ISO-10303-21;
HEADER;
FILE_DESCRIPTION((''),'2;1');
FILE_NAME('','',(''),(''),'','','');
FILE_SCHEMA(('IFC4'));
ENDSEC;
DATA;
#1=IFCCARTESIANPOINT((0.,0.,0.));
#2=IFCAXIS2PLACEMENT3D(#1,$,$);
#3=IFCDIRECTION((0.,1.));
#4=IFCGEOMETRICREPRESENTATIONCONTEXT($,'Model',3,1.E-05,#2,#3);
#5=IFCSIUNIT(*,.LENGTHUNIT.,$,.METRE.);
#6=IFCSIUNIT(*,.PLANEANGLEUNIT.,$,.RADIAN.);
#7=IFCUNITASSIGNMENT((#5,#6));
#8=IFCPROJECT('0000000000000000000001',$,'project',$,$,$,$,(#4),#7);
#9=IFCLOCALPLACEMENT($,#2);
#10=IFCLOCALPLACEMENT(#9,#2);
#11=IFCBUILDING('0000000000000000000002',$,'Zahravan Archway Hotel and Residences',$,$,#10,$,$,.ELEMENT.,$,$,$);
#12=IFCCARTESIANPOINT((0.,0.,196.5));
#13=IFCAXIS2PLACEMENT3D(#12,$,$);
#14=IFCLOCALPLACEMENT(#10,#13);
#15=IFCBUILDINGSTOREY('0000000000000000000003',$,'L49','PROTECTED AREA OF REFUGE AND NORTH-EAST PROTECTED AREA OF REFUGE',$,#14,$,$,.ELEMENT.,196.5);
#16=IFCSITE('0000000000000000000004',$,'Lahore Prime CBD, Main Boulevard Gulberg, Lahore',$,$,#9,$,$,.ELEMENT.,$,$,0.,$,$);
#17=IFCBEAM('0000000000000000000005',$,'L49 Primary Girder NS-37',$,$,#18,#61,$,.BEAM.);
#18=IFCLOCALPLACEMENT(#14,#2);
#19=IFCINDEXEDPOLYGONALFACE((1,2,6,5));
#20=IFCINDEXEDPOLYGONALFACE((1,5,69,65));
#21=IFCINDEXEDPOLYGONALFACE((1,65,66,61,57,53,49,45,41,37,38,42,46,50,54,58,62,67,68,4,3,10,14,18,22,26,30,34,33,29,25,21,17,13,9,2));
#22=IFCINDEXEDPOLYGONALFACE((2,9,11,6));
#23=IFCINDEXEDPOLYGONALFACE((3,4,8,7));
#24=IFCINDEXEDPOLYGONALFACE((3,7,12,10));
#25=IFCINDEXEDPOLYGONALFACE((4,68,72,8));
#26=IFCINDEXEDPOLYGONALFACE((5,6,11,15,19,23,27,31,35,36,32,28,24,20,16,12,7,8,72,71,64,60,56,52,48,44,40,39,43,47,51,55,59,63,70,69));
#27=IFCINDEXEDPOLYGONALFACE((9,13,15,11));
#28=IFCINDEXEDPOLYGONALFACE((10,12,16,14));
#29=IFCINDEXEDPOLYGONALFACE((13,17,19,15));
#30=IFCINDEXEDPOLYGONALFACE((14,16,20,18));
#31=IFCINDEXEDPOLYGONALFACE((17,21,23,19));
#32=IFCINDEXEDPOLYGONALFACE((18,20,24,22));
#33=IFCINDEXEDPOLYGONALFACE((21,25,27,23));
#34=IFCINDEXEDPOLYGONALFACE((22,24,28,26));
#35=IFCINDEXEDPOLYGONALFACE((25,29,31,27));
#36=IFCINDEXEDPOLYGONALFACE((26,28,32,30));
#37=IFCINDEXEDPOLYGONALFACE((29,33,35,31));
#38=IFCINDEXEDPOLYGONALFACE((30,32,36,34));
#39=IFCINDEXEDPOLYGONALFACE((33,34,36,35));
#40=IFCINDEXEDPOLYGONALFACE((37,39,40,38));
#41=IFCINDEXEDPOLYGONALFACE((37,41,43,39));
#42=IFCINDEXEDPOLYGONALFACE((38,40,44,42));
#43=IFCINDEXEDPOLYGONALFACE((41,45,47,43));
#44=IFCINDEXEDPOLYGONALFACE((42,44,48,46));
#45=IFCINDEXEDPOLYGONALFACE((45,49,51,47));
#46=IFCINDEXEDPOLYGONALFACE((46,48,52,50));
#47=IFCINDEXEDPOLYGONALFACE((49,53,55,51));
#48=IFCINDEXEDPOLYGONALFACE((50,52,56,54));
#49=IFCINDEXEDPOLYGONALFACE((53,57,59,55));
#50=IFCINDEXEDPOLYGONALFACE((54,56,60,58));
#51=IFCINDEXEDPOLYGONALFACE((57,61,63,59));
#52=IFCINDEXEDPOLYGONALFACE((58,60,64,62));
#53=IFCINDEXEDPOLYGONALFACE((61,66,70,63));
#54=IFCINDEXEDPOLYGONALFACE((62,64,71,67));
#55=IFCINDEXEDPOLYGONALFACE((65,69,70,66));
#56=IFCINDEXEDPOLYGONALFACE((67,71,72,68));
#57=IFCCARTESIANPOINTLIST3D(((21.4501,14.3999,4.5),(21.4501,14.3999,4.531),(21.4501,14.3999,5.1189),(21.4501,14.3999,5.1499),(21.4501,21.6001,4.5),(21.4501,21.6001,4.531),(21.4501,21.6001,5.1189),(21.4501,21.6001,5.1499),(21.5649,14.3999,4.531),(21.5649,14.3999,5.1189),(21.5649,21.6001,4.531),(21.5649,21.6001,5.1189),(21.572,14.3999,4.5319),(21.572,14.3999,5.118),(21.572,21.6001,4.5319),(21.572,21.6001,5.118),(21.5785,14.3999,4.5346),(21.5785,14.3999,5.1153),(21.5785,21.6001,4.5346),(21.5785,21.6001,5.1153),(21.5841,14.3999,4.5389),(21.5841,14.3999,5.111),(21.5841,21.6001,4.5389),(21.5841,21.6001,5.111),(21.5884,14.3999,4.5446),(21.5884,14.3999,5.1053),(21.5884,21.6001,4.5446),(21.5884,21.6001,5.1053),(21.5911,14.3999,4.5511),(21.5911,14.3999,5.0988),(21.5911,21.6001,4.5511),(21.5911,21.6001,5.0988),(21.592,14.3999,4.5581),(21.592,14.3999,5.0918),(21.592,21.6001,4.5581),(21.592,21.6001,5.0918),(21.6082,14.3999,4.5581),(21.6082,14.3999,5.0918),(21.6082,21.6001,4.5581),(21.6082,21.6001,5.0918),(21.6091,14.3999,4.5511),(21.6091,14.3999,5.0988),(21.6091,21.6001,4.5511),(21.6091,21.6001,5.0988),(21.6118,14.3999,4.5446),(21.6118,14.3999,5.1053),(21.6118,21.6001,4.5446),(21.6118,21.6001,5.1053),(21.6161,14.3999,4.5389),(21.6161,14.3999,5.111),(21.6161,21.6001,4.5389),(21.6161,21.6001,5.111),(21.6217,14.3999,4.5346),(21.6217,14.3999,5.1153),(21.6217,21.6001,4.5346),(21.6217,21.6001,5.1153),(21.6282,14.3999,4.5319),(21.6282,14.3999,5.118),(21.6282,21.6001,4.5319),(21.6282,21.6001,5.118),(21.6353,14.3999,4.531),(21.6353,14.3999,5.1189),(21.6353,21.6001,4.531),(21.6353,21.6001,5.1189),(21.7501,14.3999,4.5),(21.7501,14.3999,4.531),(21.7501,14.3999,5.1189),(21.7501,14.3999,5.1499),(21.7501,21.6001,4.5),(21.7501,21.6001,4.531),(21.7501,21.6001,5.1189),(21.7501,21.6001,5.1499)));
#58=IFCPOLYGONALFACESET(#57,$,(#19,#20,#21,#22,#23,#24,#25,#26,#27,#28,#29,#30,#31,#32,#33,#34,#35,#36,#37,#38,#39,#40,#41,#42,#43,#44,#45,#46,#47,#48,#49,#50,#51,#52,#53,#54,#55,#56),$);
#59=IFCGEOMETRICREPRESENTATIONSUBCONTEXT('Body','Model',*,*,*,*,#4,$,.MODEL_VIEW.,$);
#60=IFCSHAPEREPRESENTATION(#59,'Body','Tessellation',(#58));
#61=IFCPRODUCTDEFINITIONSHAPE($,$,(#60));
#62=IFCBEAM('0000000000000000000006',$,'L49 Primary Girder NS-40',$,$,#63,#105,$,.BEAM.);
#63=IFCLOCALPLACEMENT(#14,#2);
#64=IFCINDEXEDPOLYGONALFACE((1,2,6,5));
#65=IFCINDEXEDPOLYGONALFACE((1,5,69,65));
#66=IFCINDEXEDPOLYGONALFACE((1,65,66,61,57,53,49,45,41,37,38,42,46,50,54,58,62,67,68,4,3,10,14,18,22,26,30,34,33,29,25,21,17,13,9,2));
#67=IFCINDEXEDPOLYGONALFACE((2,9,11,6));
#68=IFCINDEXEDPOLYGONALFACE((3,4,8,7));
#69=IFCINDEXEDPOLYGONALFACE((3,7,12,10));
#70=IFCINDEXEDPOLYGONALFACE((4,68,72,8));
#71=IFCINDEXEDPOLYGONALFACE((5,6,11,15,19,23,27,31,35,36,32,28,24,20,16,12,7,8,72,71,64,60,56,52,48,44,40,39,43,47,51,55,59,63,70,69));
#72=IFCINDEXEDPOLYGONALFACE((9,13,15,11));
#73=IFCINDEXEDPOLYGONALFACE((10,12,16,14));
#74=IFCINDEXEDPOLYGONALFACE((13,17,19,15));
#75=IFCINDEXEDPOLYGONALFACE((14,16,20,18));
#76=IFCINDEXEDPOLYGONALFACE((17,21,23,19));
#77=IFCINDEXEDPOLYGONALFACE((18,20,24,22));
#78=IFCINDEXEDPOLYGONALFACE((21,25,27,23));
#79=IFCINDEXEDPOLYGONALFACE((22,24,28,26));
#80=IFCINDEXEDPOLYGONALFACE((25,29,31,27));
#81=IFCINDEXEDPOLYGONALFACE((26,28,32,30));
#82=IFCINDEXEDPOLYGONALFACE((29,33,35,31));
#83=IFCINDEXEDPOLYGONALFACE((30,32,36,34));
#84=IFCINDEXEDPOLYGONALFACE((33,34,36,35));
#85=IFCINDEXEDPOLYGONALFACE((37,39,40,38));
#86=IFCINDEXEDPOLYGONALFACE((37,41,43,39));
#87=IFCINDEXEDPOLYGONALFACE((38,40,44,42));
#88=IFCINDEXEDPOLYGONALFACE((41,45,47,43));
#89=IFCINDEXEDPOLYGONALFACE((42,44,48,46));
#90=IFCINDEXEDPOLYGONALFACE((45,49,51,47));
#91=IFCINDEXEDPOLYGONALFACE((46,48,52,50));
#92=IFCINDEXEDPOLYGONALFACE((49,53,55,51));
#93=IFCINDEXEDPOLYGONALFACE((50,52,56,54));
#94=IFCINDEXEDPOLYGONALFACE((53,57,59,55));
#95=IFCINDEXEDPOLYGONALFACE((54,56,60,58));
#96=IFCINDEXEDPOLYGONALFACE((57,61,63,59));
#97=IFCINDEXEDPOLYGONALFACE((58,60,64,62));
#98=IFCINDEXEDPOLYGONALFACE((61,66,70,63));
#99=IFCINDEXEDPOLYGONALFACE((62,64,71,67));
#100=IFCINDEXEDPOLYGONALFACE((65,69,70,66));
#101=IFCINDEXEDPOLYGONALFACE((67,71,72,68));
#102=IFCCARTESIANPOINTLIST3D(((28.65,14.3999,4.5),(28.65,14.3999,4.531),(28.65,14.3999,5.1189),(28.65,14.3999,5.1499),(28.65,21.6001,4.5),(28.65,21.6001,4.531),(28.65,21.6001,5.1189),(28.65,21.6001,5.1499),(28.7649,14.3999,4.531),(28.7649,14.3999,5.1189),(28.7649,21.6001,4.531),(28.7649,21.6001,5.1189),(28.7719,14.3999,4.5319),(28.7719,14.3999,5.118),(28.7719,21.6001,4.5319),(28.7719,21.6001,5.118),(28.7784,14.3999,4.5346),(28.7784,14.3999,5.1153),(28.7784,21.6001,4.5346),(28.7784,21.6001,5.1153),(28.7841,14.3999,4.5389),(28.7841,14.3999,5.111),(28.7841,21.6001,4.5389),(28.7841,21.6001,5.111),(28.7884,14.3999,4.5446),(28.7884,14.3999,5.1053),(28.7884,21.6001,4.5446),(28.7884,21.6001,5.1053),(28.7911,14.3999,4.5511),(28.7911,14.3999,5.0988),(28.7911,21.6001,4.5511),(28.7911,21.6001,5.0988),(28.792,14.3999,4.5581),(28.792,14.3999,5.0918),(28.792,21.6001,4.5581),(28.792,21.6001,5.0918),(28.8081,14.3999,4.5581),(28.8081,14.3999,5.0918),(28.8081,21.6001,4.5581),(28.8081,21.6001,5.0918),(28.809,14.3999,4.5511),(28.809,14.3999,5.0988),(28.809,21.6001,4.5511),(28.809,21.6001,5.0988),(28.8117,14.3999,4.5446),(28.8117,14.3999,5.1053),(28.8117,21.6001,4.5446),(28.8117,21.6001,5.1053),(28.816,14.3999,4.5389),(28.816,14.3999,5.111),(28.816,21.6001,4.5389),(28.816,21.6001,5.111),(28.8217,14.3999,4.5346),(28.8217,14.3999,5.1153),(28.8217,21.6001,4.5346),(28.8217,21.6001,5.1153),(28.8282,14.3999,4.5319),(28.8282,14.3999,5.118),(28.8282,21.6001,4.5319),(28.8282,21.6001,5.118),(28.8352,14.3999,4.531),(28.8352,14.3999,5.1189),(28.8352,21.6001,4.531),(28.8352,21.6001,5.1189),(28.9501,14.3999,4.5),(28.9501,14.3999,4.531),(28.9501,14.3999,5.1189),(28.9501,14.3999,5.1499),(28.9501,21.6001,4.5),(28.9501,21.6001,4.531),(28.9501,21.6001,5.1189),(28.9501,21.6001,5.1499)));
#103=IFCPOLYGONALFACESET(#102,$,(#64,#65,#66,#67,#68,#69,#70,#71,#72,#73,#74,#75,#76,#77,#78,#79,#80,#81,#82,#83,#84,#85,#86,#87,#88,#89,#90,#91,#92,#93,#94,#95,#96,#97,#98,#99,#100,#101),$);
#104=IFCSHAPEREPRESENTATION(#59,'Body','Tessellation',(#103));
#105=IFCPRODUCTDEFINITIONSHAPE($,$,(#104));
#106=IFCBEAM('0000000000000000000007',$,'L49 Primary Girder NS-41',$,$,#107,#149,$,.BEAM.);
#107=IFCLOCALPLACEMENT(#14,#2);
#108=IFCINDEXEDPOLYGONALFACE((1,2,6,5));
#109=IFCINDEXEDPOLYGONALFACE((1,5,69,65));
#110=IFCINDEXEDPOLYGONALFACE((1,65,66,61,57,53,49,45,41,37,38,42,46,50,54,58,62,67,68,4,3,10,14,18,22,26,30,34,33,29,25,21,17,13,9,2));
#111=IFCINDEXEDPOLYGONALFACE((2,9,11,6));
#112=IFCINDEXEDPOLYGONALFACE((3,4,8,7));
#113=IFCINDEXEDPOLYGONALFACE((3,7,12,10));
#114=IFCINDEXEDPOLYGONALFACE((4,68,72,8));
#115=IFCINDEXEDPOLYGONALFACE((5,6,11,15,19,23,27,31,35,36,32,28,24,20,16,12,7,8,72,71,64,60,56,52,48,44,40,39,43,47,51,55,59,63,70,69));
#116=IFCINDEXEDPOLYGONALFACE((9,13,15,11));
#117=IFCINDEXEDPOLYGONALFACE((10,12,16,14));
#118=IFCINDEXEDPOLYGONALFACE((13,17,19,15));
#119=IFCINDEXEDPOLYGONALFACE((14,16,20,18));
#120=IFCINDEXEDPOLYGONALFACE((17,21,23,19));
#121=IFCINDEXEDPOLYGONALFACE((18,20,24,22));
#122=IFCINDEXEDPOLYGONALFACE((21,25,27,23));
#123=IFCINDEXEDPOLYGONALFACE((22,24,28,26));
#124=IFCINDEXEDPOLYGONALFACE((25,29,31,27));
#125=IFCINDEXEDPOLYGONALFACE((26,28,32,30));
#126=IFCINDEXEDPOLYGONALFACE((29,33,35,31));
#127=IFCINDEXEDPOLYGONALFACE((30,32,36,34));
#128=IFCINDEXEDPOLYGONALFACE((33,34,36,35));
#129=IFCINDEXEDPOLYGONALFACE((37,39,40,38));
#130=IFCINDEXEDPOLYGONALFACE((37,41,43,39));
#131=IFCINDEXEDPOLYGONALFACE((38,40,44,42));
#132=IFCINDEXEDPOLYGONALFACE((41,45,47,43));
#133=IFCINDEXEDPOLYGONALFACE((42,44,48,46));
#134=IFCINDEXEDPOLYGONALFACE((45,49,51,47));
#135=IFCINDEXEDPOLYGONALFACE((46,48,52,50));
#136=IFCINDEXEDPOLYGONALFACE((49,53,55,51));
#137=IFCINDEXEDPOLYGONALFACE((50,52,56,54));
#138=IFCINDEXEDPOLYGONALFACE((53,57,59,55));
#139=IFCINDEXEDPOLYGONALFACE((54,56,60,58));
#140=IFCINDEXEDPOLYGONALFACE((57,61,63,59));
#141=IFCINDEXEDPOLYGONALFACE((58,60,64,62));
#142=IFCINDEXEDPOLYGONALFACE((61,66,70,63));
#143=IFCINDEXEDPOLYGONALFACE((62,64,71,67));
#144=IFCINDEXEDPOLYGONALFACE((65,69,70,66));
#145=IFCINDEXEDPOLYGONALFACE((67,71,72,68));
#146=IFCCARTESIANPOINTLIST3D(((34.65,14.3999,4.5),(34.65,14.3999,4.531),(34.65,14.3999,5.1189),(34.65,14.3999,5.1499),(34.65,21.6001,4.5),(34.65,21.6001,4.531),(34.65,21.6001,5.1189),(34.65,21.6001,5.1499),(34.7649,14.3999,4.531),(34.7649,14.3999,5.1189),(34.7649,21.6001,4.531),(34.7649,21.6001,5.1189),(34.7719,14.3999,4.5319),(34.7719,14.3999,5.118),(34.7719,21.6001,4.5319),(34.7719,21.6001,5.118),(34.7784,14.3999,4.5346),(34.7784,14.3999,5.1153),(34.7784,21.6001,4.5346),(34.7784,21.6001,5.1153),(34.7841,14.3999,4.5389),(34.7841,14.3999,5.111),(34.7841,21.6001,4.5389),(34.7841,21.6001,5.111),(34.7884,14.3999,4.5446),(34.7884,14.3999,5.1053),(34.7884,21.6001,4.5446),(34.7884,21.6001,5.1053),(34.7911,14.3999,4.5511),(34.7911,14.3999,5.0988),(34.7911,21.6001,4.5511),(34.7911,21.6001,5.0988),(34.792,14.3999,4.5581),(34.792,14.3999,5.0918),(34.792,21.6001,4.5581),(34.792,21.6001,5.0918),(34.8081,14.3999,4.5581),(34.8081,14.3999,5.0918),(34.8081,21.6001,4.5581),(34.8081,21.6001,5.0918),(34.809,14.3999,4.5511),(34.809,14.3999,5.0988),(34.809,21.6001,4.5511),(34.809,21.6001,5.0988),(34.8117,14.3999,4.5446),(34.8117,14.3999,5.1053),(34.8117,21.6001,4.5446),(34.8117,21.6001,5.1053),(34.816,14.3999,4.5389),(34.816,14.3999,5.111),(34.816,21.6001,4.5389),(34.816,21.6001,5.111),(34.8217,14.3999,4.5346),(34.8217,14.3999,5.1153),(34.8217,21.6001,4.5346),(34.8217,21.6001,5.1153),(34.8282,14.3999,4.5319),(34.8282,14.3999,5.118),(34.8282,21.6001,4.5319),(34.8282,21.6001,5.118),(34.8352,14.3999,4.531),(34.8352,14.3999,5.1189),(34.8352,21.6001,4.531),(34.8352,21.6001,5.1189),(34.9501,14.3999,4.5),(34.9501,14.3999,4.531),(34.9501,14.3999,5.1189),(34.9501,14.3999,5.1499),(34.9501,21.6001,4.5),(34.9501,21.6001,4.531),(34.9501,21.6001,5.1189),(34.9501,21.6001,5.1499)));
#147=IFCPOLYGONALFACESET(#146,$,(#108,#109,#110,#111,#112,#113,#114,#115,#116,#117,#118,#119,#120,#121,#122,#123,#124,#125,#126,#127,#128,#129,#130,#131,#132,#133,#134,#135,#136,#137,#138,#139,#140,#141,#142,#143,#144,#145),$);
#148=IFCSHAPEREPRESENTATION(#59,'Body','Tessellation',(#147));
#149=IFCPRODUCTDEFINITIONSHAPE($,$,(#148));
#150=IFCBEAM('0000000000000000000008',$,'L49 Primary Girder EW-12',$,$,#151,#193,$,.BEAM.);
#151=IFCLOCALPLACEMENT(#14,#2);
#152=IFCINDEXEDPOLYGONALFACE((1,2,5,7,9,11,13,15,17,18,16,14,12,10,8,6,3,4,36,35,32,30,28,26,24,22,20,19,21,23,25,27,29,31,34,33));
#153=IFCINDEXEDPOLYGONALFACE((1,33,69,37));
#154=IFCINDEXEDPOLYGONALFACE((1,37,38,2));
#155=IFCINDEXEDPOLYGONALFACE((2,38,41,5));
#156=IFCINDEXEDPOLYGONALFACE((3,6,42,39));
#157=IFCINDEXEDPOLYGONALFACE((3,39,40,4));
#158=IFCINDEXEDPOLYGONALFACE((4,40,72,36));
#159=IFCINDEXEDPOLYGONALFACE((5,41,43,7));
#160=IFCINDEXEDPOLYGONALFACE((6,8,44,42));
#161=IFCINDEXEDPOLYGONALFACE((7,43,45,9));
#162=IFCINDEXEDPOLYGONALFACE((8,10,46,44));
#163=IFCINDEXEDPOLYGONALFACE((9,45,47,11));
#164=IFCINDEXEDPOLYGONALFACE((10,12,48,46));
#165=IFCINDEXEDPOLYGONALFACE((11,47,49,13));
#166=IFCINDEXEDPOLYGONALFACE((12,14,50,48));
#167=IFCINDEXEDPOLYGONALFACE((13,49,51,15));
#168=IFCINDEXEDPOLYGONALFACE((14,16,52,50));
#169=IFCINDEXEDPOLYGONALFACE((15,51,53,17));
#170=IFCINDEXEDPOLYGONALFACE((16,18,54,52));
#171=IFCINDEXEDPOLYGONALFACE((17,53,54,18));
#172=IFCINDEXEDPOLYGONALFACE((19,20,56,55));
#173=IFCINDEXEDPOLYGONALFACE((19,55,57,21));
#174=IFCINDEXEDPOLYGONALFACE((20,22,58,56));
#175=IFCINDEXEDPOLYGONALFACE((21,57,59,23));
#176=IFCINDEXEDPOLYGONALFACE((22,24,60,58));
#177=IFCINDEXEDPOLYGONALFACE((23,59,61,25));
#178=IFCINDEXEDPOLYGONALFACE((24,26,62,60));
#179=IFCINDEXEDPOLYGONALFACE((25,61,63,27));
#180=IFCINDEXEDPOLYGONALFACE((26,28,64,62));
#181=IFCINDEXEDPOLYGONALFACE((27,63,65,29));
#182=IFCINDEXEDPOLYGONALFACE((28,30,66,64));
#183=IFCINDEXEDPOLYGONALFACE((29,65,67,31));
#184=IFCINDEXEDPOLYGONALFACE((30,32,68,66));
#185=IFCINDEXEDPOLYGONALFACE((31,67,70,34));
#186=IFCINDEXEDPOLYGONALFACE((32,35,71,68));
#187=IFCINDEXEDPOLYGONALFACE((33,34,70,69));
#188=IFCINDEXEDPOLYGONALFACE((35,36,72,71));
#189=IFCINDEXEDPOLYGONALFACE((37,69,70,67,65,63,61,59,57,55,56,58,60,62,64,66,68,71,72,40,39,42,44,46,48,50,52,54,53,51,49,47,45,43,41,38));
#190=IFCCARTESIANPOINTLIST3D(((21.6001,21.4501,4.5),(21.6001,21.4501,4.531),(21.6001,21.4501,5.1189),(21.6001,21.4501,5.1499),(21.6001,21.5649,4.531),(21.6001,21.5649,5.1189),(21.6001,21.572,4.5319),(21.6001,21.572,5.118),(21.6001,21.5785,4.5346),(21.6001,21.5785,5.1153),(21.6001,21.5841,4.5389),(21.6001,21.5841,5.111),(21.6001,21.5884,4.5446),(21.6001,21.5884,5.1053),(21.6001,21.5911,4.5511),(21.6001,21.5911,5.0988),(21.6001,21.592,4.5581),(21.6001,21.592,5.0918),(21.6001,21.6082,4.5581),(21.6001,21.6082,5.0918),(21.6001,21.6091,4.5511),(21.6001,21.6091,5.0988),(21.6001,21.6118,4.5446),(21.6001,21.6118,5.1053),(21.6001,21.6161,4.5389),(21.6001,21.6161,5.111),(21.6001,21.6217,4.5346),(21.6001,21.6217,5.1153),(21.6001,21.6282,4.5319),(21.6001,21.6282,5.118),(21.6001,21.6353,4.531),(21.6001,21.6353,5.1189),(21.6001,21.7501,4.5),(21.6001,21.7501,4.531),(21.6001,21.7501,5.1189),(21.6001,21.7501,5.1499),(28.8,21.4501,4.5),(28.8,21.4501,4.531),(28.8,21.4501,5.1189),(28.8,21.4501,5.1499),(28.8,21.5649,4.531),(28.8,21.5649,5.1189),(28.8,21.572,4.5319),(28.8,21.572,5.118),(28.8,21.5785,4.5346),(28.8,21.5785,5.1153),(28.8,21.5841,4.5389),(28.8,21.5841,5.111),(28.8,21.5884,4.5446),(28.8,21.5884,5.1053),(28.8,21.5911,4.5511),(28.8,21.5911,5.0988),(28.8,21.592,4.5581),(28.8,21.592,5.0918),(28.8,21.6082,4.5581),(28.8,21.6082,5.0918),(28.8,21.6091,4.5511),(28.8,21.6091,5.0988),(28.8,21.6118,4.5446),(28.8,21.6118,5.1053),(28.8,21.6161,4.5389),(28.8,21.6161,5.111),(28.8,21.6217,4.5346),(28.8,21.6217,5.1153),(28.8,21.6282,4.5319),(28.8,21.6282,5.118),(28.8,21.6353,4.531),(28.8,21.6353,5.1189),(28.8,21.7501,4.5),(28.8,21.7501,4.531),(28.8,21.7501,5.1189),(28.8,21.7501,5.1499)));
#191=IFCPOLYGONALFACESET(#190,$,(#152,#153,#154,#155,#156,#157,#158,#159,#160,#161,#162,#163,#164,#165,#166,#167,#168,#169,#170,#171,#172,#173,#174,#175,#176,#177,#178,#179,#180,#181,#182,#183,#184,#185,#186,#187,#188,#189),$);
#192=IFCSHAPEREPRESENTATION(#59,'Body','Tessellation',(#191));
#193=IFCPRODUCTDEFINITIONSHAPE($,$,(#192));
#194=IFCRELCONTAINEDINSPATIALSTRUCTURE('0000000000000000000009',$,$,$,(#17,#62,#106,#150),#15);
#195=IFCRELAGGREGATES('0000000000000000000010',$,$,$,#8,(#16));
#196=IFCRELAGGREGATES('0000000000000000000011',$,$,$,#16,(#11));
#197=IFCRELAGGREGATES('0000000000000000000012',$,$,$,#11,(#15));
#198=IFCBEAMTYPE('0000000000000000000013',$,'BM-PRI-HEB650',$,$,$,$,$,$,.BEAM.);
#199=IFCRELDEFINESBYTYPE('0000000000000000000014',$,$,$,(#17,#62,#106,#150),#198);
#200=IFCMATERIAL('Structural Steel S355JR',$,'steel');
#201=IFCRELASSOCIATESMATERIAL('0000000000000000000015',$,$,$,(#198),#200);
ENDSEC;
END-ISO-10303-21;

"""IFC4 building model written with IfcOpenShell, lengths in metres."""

from ifc_helpers import new_model, si_unit, direction, frame, origin, origin_2d, place, context, subcontext, project, spatial, i_section, extrude, source, transform, mapped, material, material_profile, profile_set, type_object, type_shapes, element, save


model = new_model("IFC4")

# Units and contexts
model_context = context("Model", 3, precision=1e-05, world=origin(), true_north=direction((0.0, 1.0)))
body_context = subcontext(model_context, "Body", "Model", "MODEL_VIEW")
ifc_project = project(units=[si_unit("LENGTHUNIT", "METRE"), si_unit("PLANEANGLEUNIT", "RADIAN")], contexts=[model_context])

# Site, building, storey
site_placement = place(None, origin())
site = spatial("IfcSite", under=ifc_project, at=site_placement, Name="Lahore Prime CBD, Main Boulevard Gulberg, Lahore", CompositionType="ELEMENT", RefElevation=0.0)
building_placement = place(site_placement, origin())
building = spatial("IfcBuilding", under=site, at=building_placement, Name="Zahravan Archway Hotel and Residences", CompositionType="ELEMENT")
storey_placement = place(building_placement, frame((0.0, 0.0, 196.5)))
storey = spatial("IfcBuildingStorey", under=building, at=storey_placement, Name="L49", Description="PROTECTED AREA OF REFUGE AND NORTH-EAST PROTECTED AREA OF REFUGE", CompositionType="ELEMENT", Elevation=196.5)

# Beams
ifc_material_1 = material(Name="Structural Steel S355JR", Category="steel")
ifc_material_profile_1 = material_profile(ifc_material_1, i_section(OverallWidth=0.3, OverallDepth=0.6499, WebThickness=0.0161, FlangeThickness=0.031, FilletRadius=0.0271, at=origin_2d()), Name="HEB 650", Category="steel")
ifc_profile_set_1 = profile_set([ifc_material_profile_1], Name="Structural Steel S355JR")
beam_type_1 = type_object("IfcBeamType", Name="BM-PRI-HEB650", PredefinedType="BEAM", material=ifc_profile_set_1)
shared_shape_1 = source(origin(), body_context, "Body", "SweptSolid", [
    extrude(i_section(OverallWidth=0.3, OverallDepth=0.6499, WebThickness=0.0161, FlangeThickness=0.031, FilletRadius=0.0271, at=origin_2d()), origin(), (0.0, 0.0, 1.0), 7.2002),
])
type_shapes(beam_type_1, [shared_shape_1])
for number, where, z_axis, x_axis, name in (
    (1, (21.6001, 14.3999, 4.825), (0.0, 1.0, 0.0), (-1.0, 0.0, 0.0), "L49 Primary Girder NS-37"),
    (2, (28.8, 14.3999, 4.825), (0.0, 1.0, 0.0), (-1.0, 0.0, 0.0), "L49 Primary Girder NS-40"),
    (3, (34.8, 14.3999, 4.825), (0.0, 1.0, 0.0), (-1.0, 0.0, 0.0), "L49 Primary Girder NS-41"),
):
    element("IfcBeam", number, at=place(storey_placement, frame(where, z_axis=z_axis, x_axis=x_axis)), inside=storey, type_object=beam_type_1, Name=name, PredefinedType="BEAM", context=body_context, shape_type="MappedRepresentation", body=[
        mapped(shared_shape_1, transform((0.0, 0.0, 0.0), scale=1.0)),
    ])
shared_shape_2 = source(origin(), body_context, "Body", "SweptSolid", [
    extrude(i_section(OverallWidth=0.3, OverallDepth=0.6499, WebThickness=0.0161, FlangeThickness=0.031, FilletRadius=0.0271, at=origin_2d()), origin(), (0.0, 0.0, 1.0), 7.2),
])
for number, where, z_axis, x_axis, name in (
    (4, (21.6001, 21.6001, 4.825), (1.0, 0.0, 0.0), (0.0, 1.0, 0.0), "L49 Primary Girder EW-12"),
):
    element("IfcBeam", number, at=place(storey_placement, frame(where, z_axis=z_axis, x_axis=x_axis)), inside=storey, type_object=beam_type_1, Name=name, PredefinedType="BEAM", context=body_context, shape_type="MappedRepresentation", body=[
        mapped(shared_shape_2, transform((0.0, 0.0, 0.0), scale=1.0)),
    ])

save(model, "model.ifc")
